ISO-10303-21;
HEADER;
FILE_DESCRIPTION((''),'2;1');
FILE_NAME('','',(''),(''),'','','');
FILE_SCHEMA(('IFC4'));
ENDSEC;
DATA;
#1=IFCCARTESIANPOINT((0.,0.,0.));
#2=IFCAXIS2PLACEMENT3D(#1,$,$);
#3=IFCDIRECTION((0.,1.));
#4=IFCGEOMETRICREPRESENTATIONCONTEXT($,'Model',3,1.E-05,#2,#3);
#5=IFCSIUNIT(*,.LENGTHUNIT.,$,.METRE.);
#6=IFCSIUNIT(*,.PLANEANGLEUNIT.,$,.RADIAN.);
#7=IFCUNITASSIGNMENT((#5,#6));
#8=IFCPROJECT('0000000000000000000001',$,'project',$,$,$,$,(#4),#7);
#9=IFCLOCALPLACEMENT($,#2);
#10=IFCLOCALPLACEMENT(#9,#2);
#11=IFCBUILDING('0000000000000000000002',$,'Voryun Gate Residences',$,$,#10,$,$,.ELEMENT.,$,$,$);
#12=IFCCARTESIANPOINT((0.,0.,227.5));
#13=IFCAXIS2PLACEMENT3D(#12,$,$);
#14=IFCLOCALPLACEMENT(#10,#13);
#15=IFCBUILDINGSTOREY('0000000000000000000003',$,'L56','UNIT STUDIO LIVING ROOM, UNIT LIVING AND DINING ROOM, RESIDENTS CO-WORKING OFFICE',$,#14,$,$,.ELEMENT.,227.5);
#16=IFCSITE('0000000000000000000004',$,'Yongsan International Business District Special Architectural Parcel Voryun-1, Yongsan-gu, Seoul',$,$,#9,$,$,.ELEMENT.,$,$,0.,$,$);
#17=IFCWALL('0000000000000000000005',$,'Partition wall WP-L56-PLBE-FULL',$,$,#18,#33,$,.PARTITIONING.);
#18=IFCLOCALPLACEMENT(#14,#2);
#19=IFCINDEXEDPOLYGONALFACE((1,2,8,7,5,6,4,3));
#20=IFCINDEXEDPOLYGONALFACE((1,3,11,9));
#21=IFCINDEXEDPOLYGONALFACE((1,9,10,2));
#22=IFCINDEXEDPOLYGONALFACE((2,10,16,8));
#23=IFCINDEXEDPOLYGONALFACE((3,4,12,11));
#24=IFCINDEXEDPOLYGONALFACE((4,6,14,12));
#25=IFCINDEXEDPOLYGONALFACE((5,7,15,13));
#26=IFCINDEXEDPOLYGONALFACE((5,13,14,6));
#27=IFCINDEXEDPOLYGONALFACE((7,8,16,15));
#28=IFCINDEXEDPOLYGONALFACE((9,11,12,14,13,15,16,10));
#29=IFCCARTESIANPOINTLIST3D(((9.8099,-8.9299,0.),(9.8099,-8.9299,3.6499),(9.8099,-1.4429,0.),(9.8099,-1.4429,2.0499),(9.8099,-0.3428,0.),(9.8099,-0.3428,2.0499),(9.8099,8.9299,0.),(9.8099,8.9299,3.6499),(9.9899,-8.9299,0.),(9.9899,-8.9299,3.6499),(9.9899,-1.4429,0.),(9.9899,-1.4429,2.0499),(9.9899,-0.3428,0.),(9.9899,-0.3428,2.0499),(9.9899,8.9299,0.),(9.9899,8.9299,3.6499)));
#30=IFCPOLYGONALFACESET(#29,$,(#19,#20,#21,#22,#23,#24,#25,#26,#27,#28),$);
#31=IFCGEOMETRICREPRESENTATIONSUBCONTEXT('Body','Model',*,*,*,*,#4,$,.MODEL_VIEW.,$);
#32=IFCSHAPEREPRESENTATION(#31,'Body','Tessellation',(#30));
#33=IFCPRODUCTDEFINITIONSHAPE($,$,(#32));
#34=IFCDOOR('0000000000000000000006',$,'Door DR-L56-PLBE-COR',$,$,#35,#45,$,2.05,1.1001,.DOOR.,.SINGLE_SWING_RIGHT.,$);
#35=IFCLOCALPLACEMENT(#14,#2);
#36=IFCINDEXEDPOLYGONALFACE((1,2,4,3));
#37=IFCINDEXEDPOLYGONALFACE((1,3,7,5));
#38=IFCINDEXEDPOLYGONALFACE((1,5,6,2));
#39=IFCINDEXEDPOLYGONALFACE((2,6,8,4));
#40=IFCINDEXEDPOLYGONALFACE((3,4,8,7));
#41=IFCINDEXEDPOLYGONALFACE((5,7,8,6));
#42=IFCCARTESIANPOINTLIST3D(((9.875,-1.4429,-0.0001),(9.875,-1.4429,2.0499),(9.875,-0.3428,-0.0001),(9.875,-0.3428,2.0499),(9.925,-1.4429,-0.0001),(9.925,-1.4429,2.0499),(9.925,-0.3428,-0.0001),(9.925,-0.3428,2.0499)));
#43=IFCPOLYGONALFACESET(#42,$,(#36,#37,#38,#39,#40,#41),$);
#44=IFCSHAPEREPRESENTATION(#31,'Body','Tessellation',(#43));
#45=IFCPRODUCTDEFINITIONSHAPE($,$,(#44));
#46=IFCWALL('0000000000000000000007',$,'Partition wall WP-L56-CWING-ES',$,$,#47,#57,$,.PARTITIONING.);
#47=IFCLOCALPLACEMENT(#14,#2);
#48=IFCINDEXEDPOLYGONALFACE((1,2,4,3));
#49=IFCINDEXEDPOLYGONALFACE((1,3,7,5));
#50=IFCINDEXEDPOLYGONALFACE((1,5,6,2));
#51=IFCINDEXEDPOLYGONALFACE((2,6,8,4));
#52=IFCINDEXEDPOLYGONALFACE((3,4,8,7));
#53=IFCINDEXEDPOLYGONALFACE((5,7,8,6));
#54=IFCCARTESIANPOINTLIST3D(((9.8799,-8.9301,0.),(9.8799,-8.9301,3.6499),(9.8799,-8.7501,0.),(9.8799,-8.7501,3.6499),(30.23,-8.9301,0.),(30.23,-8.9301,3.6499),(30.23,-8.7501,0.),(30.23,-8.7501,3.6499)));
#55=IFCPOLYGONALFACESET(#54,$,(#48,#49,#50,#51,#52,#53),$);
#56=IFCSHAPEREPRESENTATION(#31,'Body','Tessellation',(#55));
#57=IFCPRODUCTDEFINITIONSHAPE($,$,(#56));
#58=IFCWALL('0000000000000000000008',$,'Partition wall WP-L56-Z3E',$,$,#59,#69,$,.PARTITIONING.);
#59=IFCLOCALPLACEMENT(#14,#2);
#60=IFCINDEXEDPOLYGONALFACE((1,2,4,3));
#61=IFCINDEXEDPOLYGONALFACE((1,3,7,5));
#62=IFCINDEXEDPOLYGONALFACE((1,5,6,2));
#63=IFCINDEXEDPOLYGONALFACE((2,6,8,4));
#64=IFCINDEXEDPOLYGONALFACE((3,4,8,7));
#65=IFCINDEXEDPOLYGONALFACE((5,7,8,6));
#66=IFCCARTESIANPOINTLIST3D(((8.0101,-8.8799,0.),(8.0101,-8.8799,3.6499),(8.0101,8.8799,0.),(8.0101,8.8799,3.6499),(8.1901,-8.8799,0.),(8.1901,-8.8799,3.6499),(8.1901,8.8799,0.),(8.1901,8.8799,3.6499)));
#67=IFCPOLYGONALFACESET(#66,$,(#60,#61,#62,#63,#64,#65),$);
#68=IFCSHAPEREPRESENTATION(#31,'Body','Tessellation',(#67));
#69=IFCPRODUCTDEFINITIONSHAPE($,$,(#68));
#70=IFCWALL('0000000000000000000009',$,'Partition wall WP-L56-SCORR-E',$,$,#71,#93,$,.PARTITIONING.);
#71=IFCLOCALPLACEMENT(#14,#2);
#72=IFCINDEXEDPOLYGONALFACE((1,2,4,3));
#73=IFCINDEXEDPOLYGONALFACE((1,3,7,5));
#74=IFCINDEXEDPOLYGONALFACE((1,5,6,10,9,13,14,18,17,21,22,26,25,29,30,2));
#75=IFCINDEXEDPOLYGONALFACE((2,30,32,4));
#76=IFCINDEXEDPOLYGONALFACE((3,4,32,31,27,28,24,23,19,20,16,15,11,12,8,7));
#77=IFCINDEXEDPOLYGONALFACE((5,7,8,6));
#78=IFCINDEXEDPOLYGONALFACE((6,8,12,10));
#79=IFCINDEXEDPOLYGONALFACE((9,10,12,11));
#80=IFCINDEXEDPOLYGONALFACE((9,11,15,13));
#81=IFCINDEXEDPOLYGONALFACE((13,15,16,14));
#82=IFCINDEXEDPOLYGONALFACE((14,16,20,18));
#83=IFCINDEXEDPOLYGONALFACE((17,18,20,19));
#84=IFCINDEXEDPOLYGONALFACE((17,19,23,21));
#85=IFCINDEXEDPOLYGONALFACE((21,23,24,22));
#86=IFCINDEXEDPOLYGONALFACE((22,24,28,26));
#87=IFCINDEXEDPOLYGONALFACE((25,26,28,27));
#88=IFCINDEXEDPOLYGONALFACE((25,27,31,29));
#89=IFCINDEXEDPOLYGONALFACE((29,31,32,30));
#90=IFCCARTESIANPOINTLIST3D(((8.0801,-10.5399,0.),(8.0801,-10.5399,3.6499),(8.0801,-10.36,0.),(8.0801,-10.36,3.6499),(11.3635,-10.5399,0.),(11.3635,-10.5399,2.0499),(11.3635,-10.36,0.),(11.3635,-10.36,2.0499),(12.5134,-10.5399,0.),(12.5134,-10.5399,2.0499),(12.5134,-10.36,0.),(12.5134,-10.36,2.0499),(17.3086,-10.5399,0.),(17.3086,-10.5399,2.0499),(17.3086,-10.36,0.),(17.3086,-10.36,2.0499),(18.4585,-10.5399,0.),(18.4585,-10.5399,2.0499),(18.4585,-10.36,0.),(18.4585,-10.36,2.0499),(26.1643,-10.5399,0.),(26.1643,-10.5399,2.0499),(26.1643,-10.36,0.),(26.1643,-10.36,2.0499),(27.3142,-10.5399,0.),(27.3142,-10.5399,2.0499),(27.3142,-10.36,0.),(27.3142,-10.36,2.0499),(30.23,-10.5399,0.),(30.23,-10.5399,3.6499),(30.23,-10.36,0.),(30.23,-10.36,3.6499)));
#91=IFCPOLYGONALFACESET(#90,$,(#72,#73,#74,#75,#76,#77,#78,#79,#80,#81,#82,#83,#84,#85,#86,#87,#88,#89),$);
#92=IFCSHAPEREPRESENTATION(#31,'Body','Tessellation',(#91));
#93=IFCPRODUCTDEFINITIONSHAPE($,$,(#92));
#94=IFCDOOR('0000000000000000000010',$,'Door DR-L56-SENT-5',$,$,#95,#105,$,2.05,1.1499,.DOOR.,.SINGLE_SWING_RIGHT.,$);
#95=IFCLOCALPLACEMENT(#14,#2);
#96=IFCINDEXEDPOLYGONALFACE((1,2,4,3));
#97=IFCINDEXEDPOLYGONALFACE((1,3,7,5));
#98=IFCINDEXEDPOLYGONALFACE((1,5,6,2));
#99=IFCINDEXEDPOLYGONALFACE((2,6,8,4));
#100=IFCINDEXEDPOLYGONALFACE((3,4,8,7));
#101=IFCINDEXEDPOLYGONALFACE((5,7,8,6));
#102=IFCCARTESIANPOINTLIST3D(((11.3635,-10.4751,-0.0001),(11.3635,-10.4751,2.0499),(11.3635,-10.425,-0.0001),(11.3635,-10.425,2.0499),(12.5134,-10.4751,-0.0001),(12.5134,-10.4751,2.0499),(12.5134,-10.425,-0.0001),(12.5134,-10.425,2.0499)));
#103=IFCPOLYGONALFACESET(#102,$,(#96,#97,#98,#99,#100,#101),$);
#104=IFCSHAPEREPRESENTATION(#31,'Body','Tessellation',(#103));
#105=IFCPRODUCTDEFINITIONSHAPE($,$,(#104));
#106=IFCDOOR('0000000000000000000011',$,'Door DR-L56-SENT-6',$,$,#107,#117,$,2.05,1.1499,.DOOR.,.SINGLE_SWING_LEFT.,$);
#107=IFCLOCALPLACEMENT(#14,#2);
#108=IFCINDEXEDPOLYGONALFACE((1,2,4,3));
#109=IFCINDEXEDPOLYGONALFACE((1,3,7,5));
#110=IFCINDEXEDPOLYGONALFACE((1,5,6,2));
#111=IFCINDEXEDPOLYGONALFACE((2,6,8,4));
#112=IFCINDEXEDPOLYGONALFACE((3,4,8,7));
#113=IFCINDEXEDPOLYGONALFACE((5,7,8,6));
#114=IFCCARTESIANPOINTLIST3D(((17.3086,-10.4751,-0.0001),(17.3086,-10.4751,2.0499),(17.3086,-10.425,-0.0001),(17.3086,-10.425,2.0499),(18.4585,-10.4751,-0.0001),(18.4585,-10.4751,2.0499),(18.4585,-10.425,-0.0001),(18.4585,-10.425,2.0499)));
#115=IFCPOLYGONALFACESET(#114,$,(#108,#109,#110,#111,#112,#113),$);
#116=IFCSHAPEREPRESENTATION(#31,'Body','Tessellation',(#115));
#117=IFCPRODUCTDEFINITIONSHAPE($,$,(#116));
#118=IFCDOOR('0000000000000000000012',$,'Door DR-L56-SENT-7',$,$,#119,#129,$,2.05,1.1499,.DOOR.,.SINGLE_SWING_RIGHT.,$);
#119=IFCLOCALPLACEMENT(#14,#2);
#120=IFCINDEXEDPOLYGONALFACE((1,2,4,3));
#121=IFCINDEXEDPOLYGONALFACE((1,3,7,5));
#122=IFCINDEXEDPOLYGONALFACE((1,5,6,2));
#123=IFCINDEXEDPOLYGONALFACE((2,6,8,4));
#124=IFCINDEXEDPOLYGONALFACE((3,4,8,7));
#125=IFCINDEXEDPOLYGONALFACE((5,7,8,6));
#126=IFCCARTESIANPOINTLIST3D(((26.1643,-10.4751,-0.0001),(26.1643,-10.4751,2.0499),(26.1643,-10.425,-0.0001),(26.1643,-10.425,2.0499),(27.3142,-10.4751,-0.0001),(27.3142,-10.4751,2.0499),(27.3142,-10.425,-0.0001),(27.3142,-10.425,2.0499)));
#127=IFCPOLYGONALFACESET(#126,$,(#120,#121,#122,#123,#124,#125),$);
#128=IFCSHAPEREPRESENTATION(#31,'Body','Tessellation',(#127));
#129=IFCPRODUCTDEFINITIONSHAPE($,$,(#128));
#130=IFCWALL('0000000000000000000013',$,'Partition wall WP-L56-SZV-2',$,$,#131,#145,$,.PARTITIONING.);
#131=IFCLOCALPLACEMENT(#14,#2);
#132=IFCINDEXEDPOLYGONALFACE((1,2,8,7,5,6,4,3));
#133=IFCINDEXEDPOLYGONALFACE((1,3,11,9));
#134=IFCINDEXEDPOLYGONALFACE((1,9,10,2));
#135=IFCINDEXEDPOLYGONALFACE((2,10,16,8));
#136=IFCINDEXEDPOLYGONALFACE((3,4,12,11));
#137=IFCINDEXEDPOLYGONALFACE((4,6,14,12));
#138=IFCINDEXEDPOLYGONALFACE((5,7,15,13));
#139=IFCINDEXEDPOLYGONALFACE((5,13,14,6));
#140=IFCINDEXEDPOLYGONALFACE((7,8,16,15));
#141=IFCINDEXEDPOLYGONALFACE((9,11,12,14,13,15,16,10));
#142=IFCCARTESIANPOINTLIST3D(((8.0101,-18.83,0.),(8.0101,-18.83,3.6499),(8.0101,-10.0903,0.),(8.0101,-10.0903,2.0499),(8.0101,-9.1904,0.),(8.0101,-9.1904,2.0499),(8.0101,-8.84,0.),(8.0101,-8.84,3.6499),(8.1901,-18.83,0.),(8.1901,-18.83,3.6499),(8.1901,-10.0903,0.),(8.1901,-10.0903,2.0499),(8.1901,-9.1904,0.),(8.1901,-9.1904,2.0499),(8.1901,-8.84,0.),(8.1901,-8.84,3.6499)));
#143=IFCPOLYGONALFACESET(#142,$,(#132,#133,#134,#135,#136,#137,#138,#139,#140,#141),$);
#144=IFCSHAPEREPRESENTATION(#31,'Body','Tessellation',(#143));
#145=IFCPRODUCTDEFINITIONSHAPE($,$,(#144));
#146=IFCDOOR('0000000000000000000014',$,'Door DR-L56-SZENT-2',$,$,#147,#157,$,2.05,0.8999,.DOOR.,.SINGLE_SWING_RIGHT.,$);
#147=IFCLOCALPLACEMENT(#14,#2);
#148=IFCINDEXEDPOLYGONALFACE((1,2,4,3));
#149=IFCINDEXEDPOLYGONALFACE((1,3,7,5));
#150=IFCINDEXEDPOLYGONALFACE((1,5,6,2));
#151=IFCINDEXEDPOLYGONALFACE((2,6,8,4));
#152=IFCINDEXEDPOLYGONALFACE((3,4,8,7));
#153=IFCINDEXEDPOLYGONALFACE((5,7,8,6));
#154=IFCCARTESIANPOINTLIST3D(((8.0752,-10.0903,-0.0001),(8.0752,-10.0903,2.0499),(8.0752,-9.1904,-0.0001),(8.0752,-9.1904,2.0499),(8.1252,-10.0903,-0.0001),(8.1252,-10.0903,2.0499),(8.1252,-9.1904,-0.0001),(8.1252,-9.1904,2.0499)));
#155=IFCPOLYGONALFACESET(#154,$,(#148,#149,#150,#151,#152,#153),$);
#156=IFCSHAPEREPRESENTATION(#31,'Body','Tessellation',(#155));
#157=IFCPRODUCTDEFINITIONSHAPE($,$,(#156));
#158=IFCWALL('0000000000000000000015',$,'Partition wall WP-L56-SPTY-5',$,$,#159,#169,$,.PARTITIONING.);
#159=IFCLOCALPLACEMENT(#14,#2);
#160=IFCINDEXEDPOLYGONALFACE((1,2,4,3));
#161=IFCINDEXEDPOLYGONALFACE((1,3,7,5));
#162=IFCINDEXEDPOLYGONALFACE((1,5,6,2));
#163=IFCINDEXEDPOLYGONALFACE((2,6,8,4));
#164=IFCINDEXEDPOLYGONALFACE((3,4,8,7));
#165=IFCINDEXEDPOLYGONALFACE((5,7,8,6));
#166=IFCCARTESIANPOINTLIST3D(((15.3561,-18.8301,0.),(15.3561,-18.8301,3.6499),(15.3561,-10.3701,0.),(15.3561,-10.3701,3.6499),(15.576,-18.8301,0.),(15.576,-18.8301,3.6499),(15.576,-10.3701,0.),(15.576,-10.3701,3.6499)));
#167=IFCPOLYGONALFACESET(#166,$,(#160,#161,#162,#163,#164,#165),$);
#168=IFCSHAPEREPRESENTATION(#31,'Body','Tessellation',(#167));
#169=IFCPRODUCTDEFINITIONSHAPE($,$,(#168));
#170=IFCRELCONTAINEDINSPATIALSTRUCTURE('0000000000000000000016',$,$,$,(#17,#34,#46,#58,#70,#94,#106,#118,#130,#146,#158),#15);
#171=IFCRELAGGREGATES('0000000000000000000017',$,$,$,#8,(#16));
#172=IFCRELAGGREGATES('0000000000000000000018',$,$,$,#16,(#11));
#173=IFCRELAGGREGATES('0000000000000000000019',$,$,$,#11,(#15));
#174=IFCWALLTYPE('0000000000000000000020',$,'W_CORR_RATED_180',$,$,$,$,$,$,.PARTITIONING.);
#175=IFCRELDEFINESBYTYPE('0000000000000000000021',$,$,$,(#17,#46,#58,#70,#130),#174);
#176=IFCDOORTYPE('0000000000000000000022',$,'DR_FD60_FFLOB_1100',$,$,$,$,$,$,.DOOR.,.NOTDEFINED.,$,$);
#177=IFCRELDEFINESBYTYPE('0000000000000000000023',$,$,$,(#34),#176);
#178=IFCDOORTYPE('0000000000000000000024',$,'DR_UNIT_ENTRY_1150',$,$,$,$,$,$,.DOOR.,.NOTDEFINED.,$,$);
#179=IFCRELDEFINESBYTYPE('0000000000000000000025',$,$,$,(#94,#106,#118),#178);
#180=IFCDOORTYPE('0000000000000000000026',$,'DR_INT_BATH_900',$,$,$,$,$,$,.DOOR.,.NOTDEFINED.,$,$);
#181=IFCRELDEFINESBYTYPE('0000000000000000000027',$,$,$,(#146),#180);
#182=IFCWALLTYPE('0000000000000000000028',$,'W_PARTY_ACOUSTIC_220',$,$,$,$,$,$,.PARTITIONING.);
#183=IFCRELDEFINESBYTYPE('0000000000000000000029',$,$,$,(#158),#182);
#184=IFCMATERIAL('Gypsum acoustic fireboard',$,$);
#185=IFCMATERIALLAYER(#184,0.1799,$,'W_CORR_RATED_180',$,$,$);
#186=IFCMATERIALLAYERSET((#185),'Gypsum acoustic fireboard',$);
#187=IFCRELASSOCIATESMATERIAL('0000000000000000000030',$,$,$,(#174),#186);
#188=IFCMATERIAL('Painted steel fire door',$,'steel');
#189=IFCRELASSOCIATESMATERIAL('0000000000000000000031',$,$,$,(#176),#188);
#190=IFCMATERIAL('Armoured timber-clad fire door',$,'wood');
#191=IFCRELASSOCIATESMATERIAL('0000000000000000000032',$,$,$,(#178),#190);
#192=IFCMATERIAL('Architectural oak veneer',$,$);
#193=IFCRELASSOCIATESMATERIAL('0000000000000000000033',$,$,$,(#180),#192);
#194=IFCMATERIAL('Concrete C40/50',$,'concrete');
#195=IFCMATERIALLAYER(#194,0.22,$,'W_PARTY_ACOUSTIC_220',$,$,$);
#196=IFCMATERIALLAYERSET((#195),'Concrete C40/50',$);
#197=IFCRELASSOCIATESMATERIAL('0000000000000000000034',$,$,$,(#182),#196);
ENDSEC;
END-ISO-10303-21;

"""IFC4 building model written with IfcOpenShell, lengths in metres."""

from ifc_helpers import new_model, si_unit, direction, frame, frame_2d, origin, place, context, subcontext, project, spatial, rectangle, extrude, material, layer, layer_set, type_object, element, fill, save


model = new_model("IFC4")

# Units and contexts
model_context = context("Model", 3, precision=1e-05, world=origin(), true_north=direction((0.0, 1.0)))
body_context = subcontext(model_context, "Body", "Model", "MODEL_VIEW")
ifc_project = project(units=[si_unit("LENGTHUNIT", "METRE"), si_unit("PLANEANGLEUNIT", "RADIAN")], contexts=[model_context])

# Site, building, storey
site_placement = place(None, origin())
site = spatial("IfcSite", under=ifc_project, at=site_placement, Name="Yongsan International Business District Special Architectural Parcel Voryun-1, Yongsan-gu, Seoul", CompositionType="ELEMENT", RefElevation=0.0)
building_placement = place(site_placement, origin())
building = spatial("IfcBuilding", under=site, at=building_placement, Name="Voryun Gate Residences", CompositionType="ELEMENT")
storey_placement = place(building_placement, frame((0.0, 0.0, 227.5)))
storey = spatial("IfcBuildingStorey", under=building, at=storey_placement, Name="L56", Description="UNIT STUDIO LIVING ROOM, UNIT LIVING AND DINING ROOM, RESIDENTS CO-WORKING OFFICE", CompositionType="ELEMENT", Elevation=227.5)

# Wall, opening, door
ifc_material_1 = material(Name="Gypsum acoustic fireboard")
ifc_layer_1 = layer(ifc_material_1, 0.1799, Name="W_CORR_RATED_180")
ifc_layer_set_1 = layer_set([ifc_layer_1], Name="Gypsum acoustic fireboard")
wall_type_1 = type_object("IfcWallType", Name="W_CORR_RATED_180", PredefinedType="PARTITIONING", material=ifc_layer_set_1)
wall_1_placement = place(storey_placement, frame((9.8999, -8.9299, 0.0), z_axis=(0.0, 0.0, 1.0), x_axis=(0.0, 1.0, 0.0)))
wall_1 = element("IfcWall", 1, at=wall_1_placement, inside=storey, type_object=wall_type_1, Name="Partition wall WP-L56-PLBE-FULL", PredefinedType="PARTITIONING", context=body_context, shape_type="SweptSolid", body=[
    extrude(rectangle(XDim=17.8599, YDim=0.1799, at=frame_2d((8.9299, 0.0))), origin(), (0.0, 0.0, 1.0), 3.6499),
])
opening_1_placement = place(wall_1_placement, frame((7.4871, 0.0, 0.0)))
opening_1 = element("IfcOpeningElement", 2, at=opening_1_placement, cuts=wall_1, PredefinedType="OPENING", context=body_context, shape_type="SweptSolid", body=[
    extrude(rectangle(XDim=1.1001, YDim=2.05, at=frame_2d((0.55, 1.0249))), frame((0.0, 0.0999, 0.0), z_axis=(0.0, -1.0, 0.0), x_axis=(1.0, 0.0, 0.0)), (0.0, 0.0, 1.0), 0.2),
])
ifc_material_2 = material(Name="Painted steel fire door", Category="steel")
door_type_1 = type_object("IfcDoorType", Name="DR_FD60_FFLOB_1100", OperationType="NOTDEFINED", PredefinedType="DOOR", material=ifc_material_2)
door_1_placement = place(opening_1_placement, origin())
door_1 = element("IfcDoor", 3, at=door_1_placement, inside=storey, type_object=door_type_1, Name="Door DR-L56-PLBE-COR", OperationType="SINGLE_SWING_RIGHT", OverallHeight=2.05, OverallWidth=1.1001, PredefinedType="DOOR", context=body_context, shape_type="SweptSolid", body=[
    extrude(rectangle(XDim=1.1001, YDim=2.05, at=frame_2d((0.55, 1.0249))), frame((0.0, 0.0249, 0.0), z_axis=(0.0, -1.0, 0.0), x_axis=(1.0, 0.0, 0.0)), (0.0, 0.0, 1.0), 0.05),
])
fill(opening_1, door_1)

# Walls
wall_2_placement = place(storey_placement, frame((9.8799, -8.8401, 0.0), z_axis=(0.0, 0.0, 1.0), x_axis=(1.0, 0.0, 0.0)))
element("IfcWall", 4, at=wall_2_placement, inside=storey, type_object=wall_type_1, Name="Partition wall WP-L56-CWING-ES", PredefinedType="PARTITIONING", context=body_context, shape_type="SweptSolid", body=[
    extrude(rectangle(XDim=20.3501, YDim=0.1799, at=frame_2d((10.175, 0.0))), origin(), (0.0, 0.0, 1.0), 3.6499),
])
wall_3_placement = place(storey_placement, frame((8.1001, -8.8799, 0.0), z_axis=(0.0, 0.0, 1.0), x_axis=(0.0, 1.0, 0.0)))
element("IfcWall", 5, at=wall_3_placement, inside=storey, type_object=wall_type_1, Name="Partition wall WP-L56-Z3E", PredefinedType="PARTITIONING", context=body_context, shape_type="SweptSolid", body=[
    extrude(rectangle(XDim=17.7598, YDim=0.1799, at=frame_2d((8.8799, 0.0))), origin(), (0.0, 0.0, 1.0), 3.6499),
])

# Wall, openings, doors
wall_4_placement = place(storey_placement, frame((8.0801, -10.45, 0.0), z_axis=(0.0, 0.0, 1.0), x_axis=(1.0, 0.0, 0.0)))
wall_4 = element("IfcWall", 6, at=wall_4_placement, inside=storey, type_object=wall_type_1, Name="Partition wall WP-L56-SCORR-E", PredefinedType="PARTITIONING", context=body_context, shape_type="SweptSolid", body=[
    extrude(rectangle(XDim=22.1499, YDim=0.1799, at=frame_2d((11.075, 0.0))), origin(), (0.0, 0.0, 1.0), 3.6499),
])
opening_2_placement = place(wall_4_placement, frame((3.2834, 0.0, 0.0)))
opening_2 = element("IfcOpeningElement", 7, at=opening_2_placement, cuts=wall_4, PredefinedType="OPENING", context=body_context, shape_type="SweptSolid", body=[
    extrude(rectangle(XDim=1.1499, YDim=2.05, at=frame_2d((0.575, 1.0249))), frame((0.0, 0.0999, 0.0), z_axis=(0.0, -1.0, 0.0), x_axis=(1.0, 0.0, 0.0)), (0.0, 0.0, 1.0), 0.2),
])
opening_3_placement = place(wall_4_placement, frame((9.2285, 0.0, 0.0)))
opening_3 = element("IfcOpeningElement", 8, at=opening_3_placement, cuts=wall_4, PredefinedType="OPENING", context=body_context, shape_type="SweptSolid", body=[
    extrude(rectangle(XDim=1.1499, YDim=2.05, at=frame_2d((0.575, 1.0249))), frame((0.0, 0.0999, 0.0), z_axis=(0.0, -1.0, 0.0), x_axis=(1.0, 0.0, 0.0)), (0.0, 0.0, 1.0), 0.2),
])
opening_4_placement = place(wall_4_placement, frame((18.0842, 0.0, 0.0)))
opening_4 = element("IfcOpeningElement", 9, at=opening_4_placement, cuts=wall_4, PredefinedType="OPENING", context=body_context, shape_type="SweptSolid", body=[
    extrude(rectangle(XDim=1.1499, YDim=2.05, at=frame_2d((0.575, 1.0249))), frame((0.0, 0.0999, 0.0), z_axis=(0.0, -1.0, 0.0), x_axis=(1.0, 0.0, 0.0)), (0.0, 0.0, 1.0), 0.2),
])
ifc_material_3 = material(Name="Armoured timber-clad fire door", Category="wood")
door_type_2 = type_object("IfcDoorType", Name="DR_UNIT_ENTRY_1150", OperationType="NOTDEFINED", PredefinedType="DOOR", material=ifc_material_3)
door_2_placement = place(opening_2_placement, origin())
door_2 = element("IfcDoor", 10, at=door_2_placement, inside=storey, type_object=door_type_2, Name="Door DR-L56-SENT-5", OperationType="SINGLE_SWING_RIGHT", OverallHeight=2.05, OverallWidth=1.1499, PredefinedType="DOOR", context=body_context, shape_type="SweptSolid", body=[
    extrude(rectangle(XDim=1.1499, YDim=2.05, at=frame_2d((0.575, 1.0249))), frame((0.0, 0.0249, 0.0), z_axis=(0.0, -1.0, 0.0), x_axis=(1.0, 0.0, 0.0)), (0.0, 0.0, 1.0), 0.05),
])
fill(opening_2, door_2)
door_3_placement = place(opening_3_placement, origin())
door_3 = element("IfcDoor", 11, at=door_3_placement, inside=storey, type_object=door_type_2, Name="Door DR-L56-SENT-6", OperationType="SINGLE_SWING_LEFT", OverallHeight=2.05, OverallWidth=1.1499, PredefinedType="DOOR", context=body_context, shape_type="SweptSolid", body=[
    extrude(rectangle(XDim=1.1499, YDim=2.05, at=frame_2d((0.575, 1.0249))), frame((0.0, 0.0249, 0.0), z_axis=(0.0, -1.0, 0.0), x_axis=(1.0, 0.0, 0.0)), (0.0, 0.0, 1.0), 0.05),
])
fill(opening_3, door_3)
door_4_placement = place(opening_4_placement, origin())
door_4 = element("IfcDoor", 12, at=door_4_placement, inside=storey, type_object=door_type_2, Name="Door DR-L56-SENT-7", OperationType="SINGLE_SWING_RIGHT", OverallHeight=2.05, OverallWidth=1.1499, PredefinedType="DOOR", context=body_context, shape_type="SweptSolid", body=[
    extrude(rectangle(XDim=1.1499, YDim=2.05, at=frame_2d((0.575, 1.0249))), frame((0.0, 0.0249, 0.0), z_axis=(0.0, -1.0, 0.0), x_axis=(1.0, 0.0, 0.0)), (0.0, 0.0, 1.0), 0.05),
])
fill(opening_4, door_4)

# Wall, opening, door
wall_5_placement = place(storey_placement, frame((8.1001, -18.8301, 0.0), z_axis=(0.0, 0.0, 1.0), x_axis=(0.0, 1.0, 0.0)))
wall_5 = element("IfcWall", 13, at=wall_5_placement, inside=storey, type_object=wall_type_1, Name="Partition wall WP-L56-SZV-2", PredefinedType="PARTITIONING", context=body_context, shape_type="SweptSolid", body=[
    extrude(rectangle(XDim=9.99, YDim=0.1799, at=frame_2d((4.9951, 0.0))), origin(), (0.0, 0.0, 1.0), 3.6499),
])
opening_5_placement = place(wall_5_placement, frame((8.7397, 0.0, 0.0)))
opening_5 = element("IfcOpeningElement", 14, at=opening_5_placement, cuts=wall_5, PredefinedType="OPENING", context=body_context, shape_type="SweptSolid", body=[
    extrude(rectangle(XDim=0.8999, YDim=2.05, at=frame_2d((0.45, 1.0249))), frame((0.0, 0.0999, 0.0), z_axis=(0.0, -1.0, 0.0), x_axis=(1.0, 0.0, 0.0)), (0.0, 0.0, 1.0), 0.2),
])
ifc_material_4 = material(Name="Architectural oak veneer")
door_type_3 = type_object("IfcDoorType", Name="DR_INT_BATH_900", OperationType="NOTDEFINED", PredefinedType="DOOR", material=ifc_material_4)
door_5_placement = place(opening_5_placement, origin())
door_5 = element("IfcDoor", 15, at=door_5_placement, inside=storey, type_object=door_type_3, Name="Door DR-L56-SZENT-2", OperationType="SINGLE_SWING_RIGHT", OverallHeight=2.05, OverallWidth=0.8999, PredefinedType="DOOR", context=body_context, shape_type="SweptSolid", body=[
    extrude(rectangle(XDim=0.8999, YDim=2.05, at=frame_2d((0.45, 1.0249))), frame((0.0, 0.0249, 0.0), z_axis=(0.0, -1.0, 0.0), x_axis=(1.0, 0.0, 0.0)), (0.0, 0.0, 1.0), 0.05),
])
fill(opening_5, door_5)

# Wall
ifc_material_5 = material(Name="Concrete C40/50", Category="concrete")
ifc_layer_2 = layer(ifc_material_5, 0.22, Name="W_PARTY_ACOUSTIC_220")
ifc_layer_set_2 = layer_set([ifc_layer_2], Name="Concrete C40/50")
wall_type_2 = type_object("IfcWallType", Name="W_PARTY_ACOUSTIC_220", PredefinedType="PARTITIONING", material=ifc_layer_set_2)
wall_6_placement = place(storey_placement, frame((15.4661, -18.8301, 0.0), z_axis=(0.0, 0.0, 1.0), x_axis=(0.0, 1.0, 0.0)))
element("IfcWall", 16, at=wall_6_placement, inside=storey, type_object=wall_type_2, Name="Partition wall WP-L56-SPTY-5", PredefinedType="PARTITIONING", context=body_context, shape_type="SweptSolid", body=[
    extrude(rectangle(XDim=8.46, YDim=0.22, at=frame_2d((4.23, 0.0))), origin(), (0.0, 0.0, 1.0), 3.6499),
])

save(model, "model.ifc")
